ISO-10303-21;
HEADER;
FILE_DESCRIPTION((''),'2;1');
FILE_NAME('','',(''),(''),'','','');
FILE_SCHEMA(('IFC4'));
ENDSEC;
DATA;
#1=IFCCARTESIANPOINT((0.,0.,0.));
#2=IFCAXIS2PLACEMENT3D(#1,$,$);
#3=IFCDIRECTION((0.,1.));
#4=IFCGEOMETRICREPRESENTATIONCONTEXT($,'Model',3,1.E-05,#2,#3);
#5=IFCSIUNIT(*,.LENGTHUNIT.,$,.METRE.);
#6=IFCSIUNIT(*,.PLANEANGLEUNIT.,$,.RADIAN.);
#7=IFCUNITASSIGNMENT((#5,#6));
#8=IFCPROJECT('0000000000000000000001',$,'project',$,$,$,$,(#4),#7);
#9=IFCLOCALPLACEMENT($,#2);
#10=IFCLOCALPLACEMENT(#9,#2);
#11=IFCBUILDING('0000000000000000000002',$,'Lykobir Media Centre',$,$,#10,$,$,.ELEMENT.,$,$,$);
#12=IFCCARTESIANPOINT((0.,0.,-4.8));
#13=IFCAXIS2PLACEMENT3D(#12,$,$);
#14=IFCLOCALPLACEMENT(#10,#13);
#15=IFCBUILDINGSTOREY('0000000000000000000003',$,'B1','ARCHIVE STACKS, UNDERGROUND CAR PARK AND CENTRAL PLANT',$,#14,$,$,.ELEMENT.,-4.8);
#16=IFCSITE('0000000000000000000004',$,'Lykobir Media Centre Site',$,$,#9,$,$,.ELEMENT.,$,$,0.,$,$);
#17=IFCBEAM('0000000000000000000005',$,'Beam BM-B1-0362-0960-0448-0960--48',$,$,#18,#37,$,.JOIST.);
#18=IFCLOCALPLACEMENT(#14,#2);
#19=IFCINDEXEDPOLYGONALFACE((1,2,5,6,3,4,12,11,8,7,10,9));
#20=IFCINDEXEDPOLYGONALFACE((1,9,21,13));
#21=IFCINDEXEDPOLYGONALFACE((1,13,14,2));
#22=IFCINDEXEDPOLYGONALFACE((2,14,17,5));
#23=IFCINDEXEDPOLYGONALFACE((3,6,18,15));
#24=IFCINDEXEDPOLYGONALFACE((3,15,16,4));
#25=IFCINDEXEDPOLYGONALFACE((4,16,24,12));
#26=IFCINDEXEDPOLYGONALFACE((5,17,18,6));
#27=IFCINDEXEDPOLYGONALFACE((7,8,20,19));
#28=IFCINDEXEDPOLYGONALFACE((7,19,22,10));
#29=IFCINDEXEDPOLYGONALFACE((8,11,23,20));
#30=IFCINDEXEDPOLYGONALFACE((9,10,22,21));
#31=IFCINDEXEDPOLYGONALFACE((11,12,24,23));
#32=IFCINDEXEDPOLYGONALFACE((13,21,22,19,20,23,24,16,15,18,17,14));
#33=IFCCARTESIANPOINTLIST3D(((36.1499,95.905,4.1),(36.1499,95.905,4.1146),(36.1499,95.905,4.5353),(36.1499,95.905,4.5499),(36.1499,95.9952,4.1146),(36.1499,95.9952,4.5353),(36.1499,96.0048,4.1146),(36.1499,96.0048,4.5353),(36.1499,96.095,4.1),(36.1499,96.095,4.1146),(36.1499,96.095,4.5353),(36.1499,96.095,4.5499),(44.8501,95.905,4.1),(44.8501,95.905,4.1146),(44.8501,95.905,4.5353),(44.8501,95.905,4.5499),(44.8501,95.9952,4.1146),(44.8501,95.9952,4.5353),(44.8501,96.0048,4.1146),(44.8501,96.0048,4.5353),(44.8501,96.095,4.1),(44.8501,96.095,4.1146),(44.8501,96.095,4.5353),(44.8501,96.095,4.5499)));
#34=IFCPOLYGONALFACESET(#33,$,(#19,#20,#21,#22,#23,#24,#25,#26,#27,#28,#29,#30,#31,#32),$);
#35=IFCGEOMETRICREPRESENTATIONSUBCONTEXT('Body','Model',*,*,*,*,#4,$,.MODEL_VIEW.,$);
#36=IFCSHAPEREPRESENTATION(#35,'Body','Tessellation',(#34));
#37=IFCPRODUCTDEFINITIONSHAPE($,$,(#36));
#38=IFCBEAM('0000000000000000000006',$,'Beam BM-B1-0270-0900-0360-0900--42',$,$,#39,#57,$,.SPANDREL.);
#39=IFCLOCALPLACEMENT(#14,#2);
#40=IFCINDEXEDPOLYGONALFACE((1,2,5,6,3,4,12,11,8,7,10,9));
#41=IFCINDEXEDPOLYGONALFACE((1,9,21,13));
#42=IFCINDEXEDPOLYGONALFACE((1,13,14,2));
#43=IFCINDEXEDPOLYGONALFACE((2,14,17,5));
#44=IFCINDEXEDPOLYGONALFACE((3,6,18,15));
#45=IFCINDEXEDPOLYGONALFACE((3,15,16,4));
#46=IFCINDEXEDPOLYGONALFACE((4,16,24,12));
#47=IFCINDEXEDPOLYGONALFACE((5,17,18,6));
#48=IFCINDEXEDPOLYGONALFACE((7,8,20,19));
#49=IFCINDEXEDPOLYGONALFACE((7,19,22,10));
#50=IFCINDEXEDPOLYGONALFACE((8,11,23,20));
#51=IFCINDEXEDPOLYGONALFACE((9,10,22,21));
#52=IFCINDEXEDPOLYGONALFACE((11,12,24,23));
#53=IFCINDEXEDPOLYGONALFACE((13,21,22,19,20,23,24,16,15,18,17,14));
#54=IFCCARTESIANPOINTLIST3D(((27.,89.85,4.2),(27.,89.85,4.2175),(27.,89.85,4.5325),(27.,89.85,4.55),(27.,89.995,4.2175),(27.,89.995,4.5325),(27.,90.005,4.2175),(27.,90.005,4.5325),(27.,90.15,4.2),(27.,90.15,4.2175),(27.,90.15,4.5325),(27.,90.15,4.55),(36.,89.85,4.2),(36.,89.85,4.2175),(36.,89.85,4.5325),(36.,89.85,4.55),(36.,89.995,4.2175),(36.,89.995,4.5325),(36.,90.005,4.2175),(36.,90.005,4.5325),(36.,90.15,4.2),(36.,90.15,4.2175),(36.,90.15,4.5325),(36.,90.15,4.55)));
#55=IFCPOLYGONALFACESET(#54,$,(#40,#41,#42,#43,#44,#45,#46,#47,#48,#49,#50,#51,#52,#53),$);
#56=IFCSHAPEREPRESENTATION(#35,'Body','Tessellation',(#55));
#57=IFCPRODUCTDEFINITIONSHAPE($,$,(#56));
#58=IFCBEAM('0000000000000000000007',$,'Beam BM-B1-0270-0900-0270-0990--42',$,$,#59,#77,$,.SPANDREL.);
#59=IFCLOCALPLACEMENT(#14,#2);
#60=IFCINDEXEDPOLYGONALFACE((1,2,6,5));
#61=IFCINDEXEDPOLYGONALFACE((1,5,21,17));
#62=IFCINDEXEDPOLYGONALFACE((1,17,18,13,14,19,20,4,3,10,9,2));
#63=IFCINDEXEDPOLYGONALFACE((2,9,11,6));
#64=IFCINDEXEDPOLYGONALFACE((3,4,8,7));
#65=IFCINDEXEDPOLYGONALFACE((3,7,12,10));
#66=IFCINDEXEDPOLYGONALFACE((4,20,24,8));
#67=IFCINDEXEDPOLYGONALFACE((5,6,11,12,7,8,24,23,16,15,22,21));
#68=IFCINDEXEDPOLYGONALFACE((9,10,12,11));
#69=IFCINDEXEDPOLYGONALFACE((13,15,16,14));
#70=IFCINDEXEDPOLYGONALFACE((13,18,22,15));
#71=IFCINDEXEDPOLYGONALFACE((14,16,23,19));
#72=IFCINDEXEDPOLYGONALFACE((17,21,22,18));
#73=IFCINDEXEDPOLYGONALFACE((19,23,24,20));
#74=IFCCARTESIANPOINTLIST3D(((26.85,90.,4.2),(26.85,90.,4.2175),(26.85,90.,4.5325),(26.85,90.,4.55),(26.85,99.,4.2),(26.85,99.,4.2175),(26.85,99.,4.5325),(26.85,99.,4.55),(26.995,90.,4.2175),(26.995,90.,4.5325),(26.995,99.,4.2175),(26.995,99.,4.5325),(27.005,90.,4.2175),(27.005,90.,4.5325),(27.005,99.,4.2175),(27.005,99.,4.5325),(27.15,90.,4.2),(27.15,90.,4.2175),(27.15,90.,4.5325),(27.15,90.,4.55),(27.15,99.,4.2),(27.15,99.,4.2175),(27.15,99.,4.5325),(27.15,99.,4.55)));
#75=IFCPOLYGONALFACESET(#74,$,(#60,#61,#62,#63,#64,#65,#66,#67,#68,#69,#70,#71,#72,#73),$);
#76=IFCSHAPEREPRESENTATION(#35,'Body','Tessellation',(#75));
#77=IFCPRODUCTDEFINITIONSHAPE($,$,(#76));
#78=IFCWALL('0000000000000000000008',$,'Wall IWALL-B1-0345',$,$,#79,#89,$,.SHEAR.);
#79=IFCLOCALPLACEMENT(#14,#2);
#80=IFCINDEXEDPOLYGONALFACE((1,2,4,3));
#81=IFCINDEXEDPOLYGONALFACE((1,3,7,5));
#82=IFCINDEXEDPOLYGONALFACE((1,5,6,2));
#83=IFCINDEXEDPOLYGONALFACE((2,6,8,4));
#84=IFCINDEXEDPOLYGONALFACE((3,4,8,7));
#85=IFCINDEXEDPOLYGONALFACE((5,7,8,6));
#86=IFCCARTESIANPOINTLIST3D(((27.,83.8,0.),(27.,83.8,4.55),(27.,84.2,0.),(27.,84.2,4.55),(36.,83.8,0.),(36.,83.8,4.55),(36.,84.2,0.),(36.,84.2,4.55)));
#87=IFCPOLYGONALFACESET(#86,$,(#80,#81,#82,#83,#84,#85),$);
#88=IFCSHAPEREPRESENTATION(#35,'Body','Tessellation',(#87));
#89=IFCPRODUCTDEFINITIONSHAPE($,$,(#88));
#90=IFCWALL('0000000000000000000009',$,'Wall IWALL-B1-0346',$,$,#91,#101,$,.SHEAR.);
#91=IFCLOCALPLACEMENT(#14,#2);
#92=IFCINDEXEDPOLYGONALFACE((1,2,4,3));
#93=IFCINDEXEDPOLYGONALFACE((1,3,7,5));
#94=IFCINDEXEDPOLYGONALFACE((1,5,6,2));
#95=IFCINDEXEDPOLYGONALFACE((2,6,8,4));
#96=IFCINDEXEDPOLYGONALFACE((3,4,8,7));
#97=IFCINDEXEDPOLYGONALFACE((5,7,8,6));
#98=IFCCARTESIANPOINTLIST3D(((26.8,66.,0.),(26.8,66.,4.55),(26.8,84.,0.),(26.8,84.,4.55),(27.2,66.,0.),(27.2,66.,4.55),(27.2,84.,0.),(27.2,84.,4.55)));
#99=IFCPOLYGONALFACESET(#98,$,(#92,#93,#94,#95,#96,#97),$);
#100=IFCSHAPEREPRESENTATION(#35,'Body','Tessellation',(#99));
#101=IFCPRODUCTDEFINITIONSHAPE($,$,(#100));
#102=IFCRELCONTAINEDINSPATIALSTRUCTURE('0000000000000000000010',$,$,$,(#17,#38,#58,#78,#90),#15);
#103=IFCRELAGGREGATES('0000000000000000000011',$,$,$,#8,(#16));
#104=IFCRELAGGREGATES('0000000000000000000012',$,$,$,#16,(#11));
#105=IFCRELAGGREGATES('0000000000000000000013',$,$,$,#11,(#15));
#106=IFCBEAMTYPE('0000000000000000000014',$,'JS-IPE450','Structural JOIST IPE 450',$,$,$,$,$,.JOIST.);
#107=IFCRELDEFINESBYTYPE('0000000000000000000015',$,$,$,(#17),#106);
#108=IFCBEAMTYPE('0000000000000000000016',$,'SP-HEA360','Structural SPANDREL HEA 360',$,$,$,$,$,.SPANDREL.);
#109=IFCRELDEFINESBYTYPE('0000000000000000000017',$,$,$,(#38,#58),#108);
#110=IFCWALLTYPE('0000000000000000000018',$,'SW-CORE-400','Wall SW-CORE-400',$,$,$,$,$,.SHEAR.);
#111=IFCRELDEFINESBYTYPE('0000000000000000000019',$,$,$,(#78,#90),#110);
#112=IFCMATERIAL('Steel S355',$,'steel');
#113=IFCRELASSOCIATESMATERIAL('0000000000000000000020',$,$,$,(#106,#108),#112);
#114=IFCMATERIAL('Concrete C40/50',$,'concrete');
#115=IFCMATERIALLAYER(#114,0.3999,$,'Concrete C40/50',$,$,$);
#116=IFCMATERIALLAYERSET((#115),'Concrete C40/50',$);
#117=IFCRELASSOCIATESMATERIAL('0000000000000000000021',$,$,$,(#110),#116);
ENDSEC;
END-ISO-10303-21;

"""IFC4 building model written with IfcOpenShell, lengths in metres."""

from ifc_helpers import new_model, si_unit, direction, frame, frame_2d, origin, origin_2d, place, context, subcontext, project, spatial, rectangle, i_section, extrude, material, layer, layer_set, material_profile, profile_set, type_object, element, save


model = new_model("IFC4")

# Units and contexts
model_context = context("Model", 3, precision=1e-05, world=origin(), true_north=direction((0.0, 1.0)))
body_context = subcontext(model_context, "Body", "Model", "MODEL_VIEW")
ifc_project = project(units=[si_unit("LENGTHUNIT", "METRE"), si_unit("PLANEANGLEUNIT", "RADIAN")], contexts=[model_context])

# Site, building, storey
site_placement = place(None, origin())
site = spatial("IfcSite", under=ifc_project, at=site_placement, Name="Lykobir Media Centre Site", CompositionType="ELEMENT", RefElevation=0.0)
building_placement = place(site_placement, origin())
building = spatial("IfcBuilding", under=site, at=building_placement, Name="Lykobir Media Centre", CompositionType="ELEMENT")
storey_placement = place(building_placement, frame((0.0, 0.0, -4.8)))
storey = spatial("IfcBuildingStorey", under=building, at=storey_placement, Name="B1", Description="ARCHIVE STACKS, UNDERGROUND CAR PARK AND CENTRAL PLANT", CompositionType="ELEMENT", Elevation=-4.8)

# Shared definitions
ifc_material_1 = material(Name="Concrete C40/50", Category="concrete")
ifc_material_2 = material(Name="Steel S355", Category="steel")

# Beams
ifc_material_profile_1 = material_profile(ifc_material_2, i_section(OverallWidth=0.1899, OverallDepth=0.45, WebThickness=0.0095, FlangeThickness=0.0146, at=origin_2d()), Name="IPE 450")
ifc_profile_set_1 = profile_set([ifc_material_profile_1], Name="Steel S355")
beam_type_1 = type_object("IfcBeamType", Name="JS-IPE450", Description="Structural JOIST IPE 450", PredefinedType="JOIST", material=ifc_profile_set_1)
for number, where, z_axis, x_axis, name in (
    (1, (36.1499, 96.0, 4.325), (1.0, 0.0, 0.0), (0.0, 1.0, 0.0), "Beam BM-B1-0362-0960-0448-0960--48"),
):
    element("IfcBeam", number, at=place(storey_placement, frame(where, z_axis=z_axis, x_axis=x_axis)), inside=storey, type_object=beam_type_1, Name=name, PredefinedType="JOIST", context=body_context, shape_type="SweptSolid", body=[
        extrude(i_section(OverallWidth=0.1899, OverallDepth=0.45, WebThickness=0.0095, FlangeThickness=0.0146, at=origin_2d()), origin(), (0.0, 0.0, 1.0), 8.7002),
    ])
ifc_material_profile_2 = material_profile(ifc_material_2, i_section(OverallWidth=0.3, OverallDepth=0.3501, WebThickness=0.01, FlangeThickness=0.0176, at=origin_2d()), Name="HEA 360")
ifc_profile_set_2 = profile_set([ifc_material_profile_2], Name="Steel S355")
beam_type_2 = type_object("IfcBeamType", Name="SP-HEA360", Description="Structural SPANDREL HEA 360", PredefinedType="SPANDREL", material=ifc_profile_set_2)
for number, where, z_axis, x_axis, name in (
    (2, (27.0, 90.0, 4.375), (1.0, 0.0, 0.0), (0.0, 1.0, 0.0), "Beam BM-B1-0270-0900-0360-0900--42"),
    (3, (27.0, 90.0, 4.375), (0.0, 1.0, 0.0), (-1.0, 0.0, 0.0), "Beam BM-B1-0270-0900-0270-0990--42"),
):
    element("IfcBeam", number, at=place(storey_placement, frame(where, z_axis=z_axis, x_axis=x_axis)), inside=storey, type_object=beam_type_2, Name=name, PredefinedType="SPANDREL", context=body_context, shape_type="SweptSolid", body=[
        extrude(i_section(OverallWidth=0.3, OverallDepth=0.3501, WebThickness=0.01, FlangeThickness=0.0176, at=origin_2d()), origin(), (0.0, 0.0, 1.0), 9.0),
    ])

# Walls
ifc_layer = layer(ifc_material_1, 0.3999, Name="Concrete C40/50")
ifc_layer_set = layer_set([ifc_layer], Name="Concrete C40/50")
wall_type = type_object("IfcWallType", Name="SW-CORE-400", Description="Wall SW-CORE-400", PredefinedType="SHEAR", material=ifc_layer_set)
wall_1_placement = place(storey_placement, frame((36.0, 84.0, 0.0), z_axis=(0.0, 0.0, 1.0), x_axis=(-1.0, 0.0, 0.0)))
element("IfcWall", 4, at=wall_1_placement, inside=storey, type_object=wall_type, Name="Wall IWALL-B1-0345", PredefinedType="SHEAR", context=body_context, shape_type="SweptSolid", body=[
    extrude(rectangle(XDim=9.0, YDim=0.3999, at=frame_2d((4.5, 0.0))), origin(), (0.0, 0.0, 1.0), 4.55),
])
wall_2_placement = place(storey_placement, frame((27.0, 84.0, 0.0), z_axis=(0.0, 0.0, 1.0), x_axis=(0.0, -1.0, 0.0)))
element("IfcWall", 5, at=wall_2_placement, inside=storey, type_object=wall_type, Name="Wall IWALL-B1-0346", PredefinedType="SHEAR", context=body_context, shape_type="SweptSolid", body=[
    extrude(rectangle(XDim=18.0, YDim=0.3999, at=frame_2d((9.0, 0.0))), origin(), (0.0, 0.0, 1.0), 4.55),
])

save(model, "model.ifc")
